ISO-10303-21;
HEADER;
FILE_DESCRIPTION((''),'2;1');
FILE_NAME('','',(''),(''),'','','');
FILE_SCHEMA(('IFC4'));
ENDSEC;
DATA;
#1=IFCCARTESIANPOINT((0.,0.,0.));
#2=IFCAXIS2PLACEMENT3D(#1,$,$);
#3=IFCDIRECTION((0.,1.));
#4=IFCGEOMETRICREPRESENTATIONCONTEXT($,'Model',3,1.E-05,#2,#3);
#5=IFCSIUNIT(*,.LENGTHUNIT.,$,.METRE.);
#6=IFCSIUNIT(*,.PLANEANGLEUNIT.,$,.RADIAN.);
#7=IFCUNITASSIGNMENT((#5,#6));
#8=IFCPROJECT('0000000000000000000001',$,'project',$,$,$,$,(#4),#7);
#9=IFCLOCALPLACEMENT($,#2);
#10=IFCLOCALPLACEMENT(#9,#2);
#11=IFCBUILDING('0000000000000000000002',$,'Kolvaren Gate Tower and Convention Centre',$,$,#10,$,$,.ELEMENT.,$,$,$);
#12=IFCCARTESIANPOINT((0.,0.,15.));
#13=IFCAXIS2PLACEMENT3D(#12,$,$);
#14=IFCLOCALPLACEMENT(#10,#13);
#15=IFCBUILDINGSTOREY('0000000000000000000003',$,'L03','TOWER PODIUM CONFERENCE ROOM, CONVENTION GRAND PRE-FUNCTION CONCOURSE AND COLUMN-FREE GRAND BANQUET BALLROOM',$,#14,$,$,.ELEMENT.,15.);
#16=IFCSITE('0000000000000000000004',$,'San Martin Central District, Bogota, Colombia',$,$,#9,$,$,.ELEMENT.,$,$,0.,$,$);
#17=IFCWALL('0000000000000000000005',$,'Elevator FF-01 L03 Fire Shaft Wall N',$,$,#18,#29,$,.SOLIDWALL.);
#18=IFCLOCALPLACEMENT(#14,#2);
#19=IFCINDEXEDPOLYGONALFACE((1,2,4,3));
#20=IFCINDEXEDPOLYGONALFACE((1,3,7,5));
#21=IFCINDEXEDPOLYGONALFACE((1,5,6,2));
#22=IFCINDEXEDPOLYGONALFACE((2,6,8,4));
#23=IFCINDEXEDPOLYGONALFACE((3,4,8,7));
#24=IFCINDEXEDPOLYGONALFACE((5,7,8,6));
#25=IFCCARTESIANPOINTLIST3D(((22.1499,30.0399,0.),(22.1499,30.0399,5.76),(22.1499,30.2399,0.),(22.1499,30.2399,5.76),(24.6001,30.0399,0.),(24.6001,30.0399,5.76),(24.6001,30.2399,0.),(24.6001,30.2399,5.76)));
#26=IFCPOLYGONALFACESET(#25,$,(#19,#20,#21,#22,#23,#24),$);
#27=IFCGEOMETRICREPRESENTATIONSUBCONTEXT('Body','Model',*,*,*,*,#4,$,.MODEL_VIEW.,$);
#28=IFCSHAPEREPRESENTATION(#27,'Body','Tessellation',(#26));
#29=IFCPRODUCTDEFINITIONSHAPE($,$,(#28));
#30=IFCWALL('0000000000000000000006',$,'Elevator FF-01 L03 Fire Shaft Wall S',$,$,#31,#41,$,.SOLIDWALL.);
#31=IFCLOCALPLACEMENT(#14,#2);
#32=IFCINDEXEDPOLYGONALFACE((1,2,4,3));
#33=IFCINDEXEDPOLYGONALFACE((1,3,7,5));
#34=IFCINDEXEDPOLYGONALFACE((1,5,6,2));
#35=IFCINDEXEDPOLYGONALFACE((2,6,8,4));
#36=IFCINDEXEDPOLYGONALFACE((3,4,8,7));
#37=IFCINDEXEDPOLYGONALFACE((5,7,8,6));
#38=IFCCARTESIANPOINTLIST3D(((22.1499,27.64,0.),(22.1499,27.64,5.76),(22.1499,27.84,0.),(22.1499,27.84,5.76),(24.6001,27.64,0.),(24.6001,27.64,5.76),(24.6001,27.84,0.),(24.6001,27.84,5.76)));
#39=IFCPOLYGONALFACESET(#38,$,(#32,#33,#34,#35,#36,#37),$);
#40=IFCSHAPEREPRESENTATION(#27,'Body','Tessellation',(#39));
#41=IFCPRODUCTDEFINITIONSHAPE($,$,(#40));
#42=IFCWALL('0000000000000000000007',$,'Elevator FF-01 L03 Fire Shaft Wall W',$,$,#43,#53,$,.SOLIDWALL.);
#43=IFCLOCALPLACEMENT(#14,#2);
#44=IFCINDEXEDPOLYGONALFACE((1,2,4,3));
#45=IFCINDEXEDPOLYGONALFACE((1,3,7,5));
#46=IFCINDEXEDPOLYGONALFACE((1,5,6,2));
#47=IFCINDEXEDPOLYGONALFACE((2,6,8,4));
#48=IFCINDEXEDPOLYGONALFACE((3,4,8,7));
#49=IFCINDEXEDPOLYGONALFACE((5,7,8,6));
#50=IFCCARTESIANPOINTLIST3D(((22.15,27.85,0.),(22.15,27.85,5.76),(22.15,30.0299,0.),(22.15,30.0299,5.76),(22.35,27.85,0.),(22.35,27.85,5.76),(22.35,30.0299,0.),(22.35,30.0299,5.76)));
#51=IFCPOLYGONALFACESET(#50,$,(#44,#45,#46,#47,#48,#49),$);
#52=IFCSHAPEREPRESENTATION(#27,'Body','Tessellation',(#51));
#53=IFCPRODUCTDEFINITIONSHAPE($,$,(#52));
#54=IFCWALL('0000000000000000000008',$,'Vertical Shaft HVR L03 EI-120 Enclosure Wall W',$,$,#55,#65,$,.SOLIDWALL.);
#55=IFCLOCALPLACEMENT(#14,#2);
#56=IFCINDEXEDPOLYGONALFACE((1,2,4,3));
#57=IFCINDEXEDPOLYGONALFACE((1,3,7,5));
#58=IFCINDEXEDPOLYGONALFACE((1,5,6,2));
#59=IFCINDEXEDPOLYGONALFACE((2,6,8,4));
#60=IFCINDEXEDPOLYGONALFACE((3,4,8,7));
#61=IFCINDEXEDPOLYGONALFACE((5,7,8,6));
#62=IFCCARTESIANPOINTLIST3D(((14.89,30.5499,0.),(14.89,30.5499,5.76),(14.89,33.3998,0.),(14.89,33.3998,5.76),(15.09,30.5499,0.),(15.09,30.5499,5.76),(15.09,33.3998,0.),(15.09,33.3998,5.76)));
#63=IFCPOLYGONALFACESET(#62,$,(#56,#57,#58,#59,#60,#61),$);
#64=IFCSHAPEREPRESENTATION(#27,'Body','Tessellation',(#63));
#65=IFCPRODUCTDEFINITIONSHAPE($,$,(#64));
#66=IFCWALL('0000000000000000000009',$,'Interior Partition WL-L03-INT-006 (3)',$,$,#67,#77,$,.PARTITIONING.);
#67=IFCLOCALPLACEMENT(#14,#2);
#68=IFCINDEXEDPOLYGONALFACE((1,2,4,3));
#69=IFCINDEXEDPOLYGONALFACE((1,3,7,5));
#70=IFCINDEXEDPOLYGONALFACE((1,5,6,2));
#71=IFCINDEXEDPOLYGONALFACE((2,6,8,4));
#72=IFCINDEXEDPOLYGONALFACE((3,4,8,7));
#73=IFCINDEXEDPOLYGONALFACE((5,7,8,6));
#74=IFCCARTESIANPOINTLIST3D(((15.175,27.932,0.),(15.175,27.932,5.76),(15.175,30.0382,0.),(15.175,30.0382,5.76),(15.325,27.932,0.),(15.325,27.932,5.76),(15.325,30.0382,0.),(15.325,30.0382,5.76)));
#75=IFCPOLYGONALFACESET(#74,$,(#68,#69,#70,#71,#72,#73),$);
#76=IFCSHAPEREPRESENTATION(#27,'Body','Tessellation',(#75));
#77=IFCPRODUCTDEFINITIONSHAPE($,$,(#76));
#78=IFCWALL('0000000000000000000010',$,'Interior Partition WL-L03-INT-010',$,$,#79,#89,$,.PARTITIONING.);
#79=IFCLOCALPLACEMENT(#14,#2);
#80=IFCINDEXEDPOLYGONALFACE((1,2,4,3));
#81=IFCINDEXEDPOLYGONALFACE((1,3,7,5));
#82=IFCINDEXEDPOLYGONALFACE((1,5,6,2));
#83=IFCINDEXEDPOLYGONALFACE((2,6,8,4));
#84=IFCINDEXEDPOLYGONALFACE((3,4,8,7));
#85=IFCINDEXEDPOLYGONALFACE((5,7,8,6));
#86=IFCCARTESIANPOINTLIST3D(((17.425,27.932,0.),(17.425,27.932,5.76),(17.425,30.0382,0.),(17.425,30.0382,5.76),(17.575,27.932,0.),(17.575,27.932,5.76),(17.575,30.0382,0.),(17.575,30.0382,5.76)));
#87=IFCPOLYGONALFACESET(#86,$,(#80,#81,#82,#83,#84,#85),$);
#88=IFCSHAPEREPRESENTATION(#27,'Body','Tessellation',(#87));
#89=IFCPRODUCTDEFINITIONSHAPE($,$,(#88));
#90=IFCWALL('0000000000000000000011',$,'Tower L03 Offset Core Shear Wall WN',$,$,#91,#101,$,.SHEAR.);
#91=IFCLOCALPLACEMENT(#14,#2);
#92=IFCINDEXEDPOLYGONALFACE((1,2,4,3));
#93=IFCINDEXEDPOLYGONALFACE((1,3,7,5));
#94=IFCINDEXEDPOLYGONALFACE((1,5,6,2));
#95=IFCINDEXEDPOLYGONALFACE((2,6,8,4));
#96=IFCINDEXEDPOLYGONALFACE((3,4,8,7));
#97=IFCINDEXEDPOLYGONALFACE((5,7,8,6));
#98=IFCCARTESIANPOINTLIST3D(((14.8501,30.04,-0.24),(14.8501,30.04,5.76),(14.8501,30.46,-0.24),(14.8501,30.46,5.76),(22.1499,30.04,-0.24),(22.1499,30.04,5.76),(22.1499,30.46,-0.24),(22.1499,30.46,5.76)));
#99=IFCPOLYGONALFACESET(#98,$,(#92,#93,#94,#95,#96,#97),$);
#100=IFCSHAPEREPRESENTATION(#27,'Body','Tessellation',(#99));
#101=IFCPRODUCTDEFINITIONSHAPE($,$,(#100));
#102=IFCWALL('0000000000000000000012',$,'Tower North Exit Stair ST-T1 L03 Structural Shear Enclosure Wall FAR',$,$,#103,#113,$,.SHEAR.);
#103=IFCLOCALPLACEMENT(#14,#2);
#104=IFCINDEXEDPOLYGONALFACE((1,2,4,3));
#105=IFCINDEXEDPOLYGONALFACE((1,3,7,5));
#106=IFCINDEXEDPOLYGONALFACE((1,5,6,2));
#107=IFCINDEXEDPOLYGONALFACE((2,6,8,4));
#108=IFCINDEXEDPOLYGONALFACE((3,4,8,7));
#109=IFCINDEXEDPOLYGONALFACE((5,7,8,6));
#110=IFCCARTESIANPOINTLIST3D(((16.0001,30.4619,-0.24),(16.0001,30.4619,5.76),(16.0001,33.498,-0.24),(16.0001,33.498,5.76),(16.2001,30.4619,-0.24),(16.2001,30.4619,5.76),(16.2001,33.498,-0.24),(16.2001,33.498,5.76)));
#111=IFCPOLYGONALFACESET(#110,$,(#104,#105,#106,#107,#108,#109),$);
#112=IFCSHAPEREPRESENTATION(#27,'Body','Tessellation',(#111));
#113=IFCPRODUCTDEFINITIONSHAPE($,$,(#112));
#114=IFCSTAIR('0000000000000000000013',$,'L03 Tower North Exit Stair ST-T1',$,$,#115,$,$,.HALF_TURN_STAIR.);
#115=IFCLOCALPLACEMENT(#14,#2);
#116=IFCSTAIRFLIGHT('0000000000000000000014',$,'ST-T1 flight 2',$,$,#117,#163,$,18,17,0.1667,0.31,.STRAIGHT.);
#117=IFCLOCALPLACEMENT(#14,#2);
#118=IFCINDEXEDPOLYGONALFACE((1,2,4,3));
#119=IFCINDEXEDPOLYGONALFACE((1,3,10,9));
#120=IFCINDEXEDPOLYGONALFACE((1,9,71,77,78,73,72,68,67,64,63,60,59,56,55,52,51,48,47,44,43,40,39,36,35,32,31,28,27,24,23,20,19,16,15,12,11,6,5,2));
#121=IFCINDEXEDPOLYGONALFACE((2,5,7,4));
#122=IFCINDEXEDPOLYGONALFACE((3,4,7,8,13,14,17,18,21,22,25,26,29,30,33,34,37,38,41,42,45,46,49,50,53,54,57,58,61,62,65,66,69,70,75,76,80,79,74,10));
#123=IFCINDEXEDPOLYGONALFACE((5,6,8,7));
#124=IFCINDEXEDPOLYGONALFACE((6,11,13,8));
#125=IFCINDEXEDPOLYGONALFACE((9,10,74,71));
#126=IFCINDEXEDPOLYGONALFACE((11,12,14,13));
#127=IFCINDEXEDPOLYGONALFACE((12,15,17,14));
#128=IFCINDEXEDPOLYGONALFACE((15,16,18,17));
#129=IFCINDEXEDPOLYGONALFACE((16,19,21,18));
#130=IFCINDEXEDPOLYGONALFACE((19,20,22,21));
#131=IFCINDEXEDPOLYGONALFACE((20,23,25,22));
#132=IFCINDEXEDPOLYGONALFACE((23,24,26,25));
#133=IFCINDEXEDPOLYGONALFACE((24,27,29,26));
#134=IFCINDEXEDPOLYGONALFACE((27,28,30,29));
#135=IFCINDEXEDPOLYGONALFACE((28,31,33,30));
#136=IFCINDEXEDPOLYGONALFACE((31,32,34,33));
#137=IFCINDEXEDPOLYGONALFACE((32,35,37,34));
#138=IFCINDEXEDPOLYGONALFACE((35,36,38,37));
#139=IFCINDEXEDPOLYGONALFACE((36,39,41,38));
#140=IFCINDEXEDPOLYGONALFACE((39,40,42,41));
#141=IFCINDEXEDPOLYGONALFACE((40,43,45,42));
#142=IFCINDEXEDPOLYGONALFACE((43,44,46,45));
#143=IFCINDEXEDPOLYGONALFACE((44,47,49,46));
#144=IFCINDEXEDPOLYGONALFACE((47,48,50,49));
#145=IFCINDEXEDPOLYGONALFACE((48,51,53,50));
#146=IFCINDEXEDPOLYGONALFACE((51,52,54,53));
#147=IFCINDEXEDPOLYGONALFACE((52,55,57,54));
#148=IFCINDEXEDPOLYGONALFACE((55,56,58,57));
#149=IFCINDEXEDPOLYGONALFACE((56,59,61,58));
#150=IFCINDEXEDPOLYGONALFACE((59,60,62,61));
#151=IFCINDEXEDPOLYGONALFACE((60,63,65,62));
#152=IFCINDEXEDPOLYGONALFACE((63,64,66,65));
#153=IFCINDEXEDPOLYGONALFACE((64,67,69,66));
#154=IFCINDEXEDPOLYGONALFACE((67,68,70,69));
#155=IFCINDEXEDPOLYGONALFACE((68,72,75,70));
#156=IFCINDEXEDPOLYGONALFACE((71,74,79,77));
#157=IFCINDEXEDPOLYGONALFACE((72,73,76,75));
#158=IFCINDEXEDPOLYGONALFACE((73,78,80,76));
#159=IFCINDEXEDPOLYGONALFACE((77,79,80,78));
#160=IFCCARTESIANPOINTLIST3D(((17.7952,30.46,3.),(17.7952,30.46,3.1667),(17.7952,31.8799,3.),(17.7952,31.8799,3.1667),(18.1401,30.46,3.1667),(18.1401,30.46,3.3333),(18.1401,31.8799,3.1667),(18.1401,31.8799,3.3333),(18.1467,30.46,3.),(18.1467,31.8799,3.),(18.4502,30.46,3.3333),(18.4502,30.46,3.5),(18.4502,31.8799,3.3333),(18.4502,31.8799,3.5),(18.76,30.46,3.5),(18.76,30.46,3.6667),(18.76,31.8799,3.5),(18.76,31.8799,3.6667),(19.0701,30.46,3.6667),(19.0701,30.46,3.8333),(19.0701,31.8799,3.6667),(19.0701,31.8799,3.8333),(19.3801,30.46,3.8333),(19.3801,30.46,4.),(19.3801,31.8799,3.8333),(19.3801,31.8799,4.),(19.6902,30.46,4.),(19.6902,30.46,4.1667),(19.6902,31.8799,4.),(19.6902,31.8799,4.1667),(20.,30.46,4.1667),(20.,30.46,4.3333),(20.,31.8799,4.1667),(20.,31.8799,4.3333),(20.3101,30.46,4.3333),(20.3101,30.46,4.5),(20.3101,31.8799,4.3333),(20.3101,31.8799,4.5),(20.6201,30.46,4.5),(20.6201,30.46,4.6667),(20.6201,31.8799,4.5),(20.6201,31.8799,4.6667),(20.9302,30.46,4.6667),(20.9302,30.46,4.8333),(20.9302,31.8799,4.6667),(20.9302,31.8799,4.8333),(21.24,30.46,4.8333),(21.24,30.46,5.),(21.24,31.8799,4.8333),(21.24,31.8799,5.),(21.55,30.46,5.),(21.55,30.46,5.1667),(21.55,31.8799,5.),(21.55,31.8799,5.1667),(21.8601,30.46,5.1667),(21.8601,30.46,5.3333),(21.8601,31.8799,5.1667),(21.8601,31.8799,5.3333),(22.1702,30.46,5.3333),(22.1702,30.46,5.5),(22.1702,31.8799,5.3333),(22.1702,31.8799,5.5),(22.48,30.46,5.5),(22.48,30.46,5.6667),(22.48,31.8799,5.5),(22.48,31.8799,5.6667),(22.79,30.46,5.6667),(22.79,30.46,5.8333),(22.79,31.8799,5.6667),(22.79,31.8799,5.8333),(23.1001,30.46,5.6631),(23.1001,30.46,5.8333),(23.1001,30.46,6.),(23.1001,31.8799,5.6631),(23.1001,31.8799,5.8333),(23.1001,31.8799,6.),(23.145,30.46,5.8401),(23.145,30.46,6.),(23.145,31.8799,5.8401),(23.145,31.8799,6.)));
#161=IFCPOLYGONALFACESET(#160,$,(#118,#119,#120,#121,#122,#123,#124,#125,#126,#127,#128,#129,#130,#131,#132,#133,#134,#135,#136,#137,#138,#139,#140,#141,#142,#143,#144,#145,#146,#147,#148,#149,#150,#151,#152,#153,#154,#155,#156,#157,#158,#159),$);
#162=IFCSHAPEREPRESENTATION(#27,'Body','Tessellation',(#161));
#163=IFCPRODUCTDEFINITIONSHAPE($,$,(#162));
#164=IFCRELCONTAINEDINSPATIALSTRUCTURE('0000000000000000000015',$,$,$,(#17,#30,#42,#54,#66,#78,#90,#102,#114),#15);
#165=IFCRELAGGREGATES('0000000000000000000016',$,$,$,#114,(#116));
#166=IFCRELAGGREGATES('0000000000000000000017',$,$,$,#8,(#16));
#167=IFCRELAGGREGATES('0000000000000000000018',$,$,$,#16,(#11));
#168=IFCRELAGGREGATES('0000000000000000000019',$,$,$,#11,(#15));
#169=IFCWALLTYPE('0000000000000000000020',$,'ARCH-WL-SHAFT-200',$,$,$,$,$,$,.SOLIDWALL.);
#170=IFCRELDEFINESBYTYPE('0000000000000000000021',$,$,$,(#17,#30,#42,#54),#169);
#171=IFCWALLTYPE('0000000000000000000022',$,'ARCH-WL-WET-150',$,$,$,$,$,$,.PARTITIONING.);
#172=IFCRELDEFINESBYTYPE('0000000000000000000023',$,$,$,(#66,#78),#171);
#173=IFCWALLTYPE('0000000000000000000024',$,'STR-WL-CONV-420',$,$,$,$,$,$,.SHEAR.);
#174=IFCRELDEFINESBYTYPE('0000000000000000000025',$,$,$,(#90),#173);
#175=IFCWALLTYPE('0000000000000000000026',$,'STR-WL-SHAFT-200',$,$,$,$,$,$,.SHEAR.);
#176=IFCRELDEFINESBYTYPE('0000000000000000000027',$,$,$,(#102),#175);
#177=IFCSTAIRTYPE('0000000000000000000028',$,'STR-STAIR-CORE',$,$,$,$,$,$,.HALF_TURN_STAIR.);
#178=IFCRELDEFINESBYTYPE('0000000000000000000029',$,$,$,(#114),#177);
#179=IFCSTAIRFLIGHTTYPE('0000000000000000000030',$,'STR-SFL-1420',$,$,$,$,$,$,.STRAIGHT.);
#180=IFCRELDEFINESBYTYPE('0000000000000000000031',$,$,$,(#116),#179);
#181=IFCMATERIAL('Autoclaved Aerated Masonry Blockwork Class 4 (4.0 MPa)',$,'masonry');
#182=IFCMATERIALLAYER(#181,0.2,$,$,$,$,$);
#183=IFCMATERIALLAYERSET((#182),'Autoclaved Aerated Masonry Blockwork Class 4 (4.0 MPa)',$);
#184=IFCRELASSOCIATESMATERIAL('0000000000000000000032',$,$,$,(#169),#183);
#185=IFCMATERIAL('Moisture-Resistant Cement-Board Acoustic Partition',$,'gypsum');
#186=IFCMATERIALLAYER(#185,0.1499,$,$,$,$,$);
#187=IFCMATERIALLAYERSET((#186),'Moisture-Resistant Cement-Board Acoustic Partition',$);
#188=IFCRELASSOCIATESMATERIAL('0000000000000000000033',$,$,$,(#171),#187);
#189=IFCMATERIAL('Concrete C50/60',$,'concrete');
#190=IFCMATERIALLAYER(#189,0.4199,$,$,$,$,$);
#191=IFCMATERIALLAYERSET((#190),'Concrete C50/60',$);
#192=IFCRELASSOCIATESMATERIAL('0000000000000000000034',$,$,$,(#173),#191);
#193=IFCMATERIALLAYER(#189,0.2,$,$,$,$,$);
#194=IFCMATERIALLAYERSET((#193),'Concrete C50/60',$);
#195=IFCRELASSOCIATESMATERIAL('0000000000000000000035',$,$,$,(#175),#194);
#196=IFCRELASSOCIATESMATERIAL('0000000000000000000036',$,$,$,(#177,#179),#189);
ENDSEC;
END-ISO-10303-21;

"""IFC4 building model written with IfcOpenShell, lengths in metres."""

from ifc_helpers import new_model, si_unit, direction, frame, frame_2d, origin, place, context, subcontext, project, spatial, polyline, rectangle, outline, extrude, material, layer, layer_set, type_object, element, aggregate, save


model = new_model("IFC4")

# Units and contexts
model_context = context("Model", 3, precision=1e-05, world=origin(), true_north=direction((0.0, 1.0)))
body_context = subcontext(model_context, "Body", "Model", "MODEL_VIEW")
ifc_project = project(units=[si_unit("LENGTHUNIT", "METRE"), si_unit("PLANEANGLEUNIT", "RADIAN")], contexts=[model_context])

# Site, building, storey
site_placement = place(None, origin())
site = spatial("IfcSite", under=ifc_project, at=site_placement, Name="San Martin Central District, Bogota, Colombia", CompositionType="ELEMENT", RefElevation=0.0)
building_placement = place(site_placement, origin())
building = spatial("IfcBuilding", under=site, at=building_placement, Name="Kolvaren Gate Tower and Convention Centre", CompositionType="ELEMENT")
storey_placement = place(building_placement, frame((0.0, 0.0, 15.0)))
storey = spatial("IfcBuildingStorey", under=building, at=storey_placement, Name="L03", Description="TOWER PODIUM CONFERENCE ROOM, CONVENTION GRAND PRE-FUNCTION CONCOURSE AND COLUMN-FREE GRAND BANQUET BALLROOM", CompositionType="ELEMENT", Elevation=15.0)

# Shared definitions
ifc_material_1 = material(Name="Autoclaved Aerated Masonry Blockwork Class 4 (4.0 MPa)", Category="masonry")

# Walls
ifc_layer_1 = layer(ifc_material_1, 0.2)
ifc_layer_set_1 = layer_set([ifc_layer_1], Name="Autoclaved Aerated Masonry Blockwork Class 4 (4.0 MPa)")
wall_type_1 = type_object("IfcWallType", Name="ARCH-WL-SHAFT-200", PredefinedType="SOLIDWALL", material=ifc_layer_set_1)
for number, where, z_axis, x_axis, name in (
    (1, (22.1499, 30.1399, 0.0), (0.0, 0.0, 1.0), (1.0, 0.0, 0.0), "Elevator FF-01 L03 Fire Shaft Wall N"),
    (2, (22.1499, 27.74, 0.0), (0.0, 0.0, 1.0), (1.0, 0.0, 0.0), "Elevator FF-01 L03 Fire Shaft Wall S"),
):
    element("IfcWall", number, at=place(storey_placement, frame(where, z_axis=z_axis, x_axis=x_axis)), inside=storey, type_object=wall_type_1, Name=name, PredefinedType="SOLIDWALL", context=body_context, shape_type="SweptSolid", body=[
        extrude(rectangle(XDim=2.4502, YDim=0.2, at=frame_2d((1.2251, 0.0))), origin(), (0.0, 0.0, 1.0), 5.76),
    ])
wall_1_placement = place(storey_placement, frame((22.25, 27.8501, 0.0), z_axis=(0.0, 0.0, 1.0), x_axis=(0.0, 1.0, 0.0)))
element("IfcWall", 3, at=wall_1_placement, inside=storey, type_object=wall_type_1, Name="Elevator FF-01 L03 Fire Shaft Wall W", PredefinedType="SOLIDWALL", context=body_context, shape_type="SweptSolid", body=[
    extrude(rectangle(XDim=2.1799, YDim=0.2, at=frame_2d((1.0898, 0.0))), origin(), (0.0, 0.0, 1.0), 5.76),
])
wall_2_placement = place(storey_placement, frame((14.99, 30.55, 0.0), z_axis=(0.0, 0.0, 1.0), x_axis=(0.0, 1.0, 0.0)))
element("IfcWall", 4, at=wall_2_placement, inside=storey, type_object=wall_type_1, Name="Vertical Shaft HVR L03 EI-120 Enclosure Wall W", PredefinedType="SOLIDWALL", context=body_context, shape_type="SweptSolid", body=[
    extrude(rectangle(XDim=2.8499, YDim=0.2, at=frame_2d((1.4248, 0.0))), origin(), (0.0, 0.0, 1.0), 5.76),
])
ifc_material_2 = material(Name="Moisture-Resistant Cement-Board Acoustic Partition", Category="gypsum")
ifc_layer_2 = layer(ifc_material_2, 0.1499)
ifc_layer_set_2 = layer_set([ifc_layer_2], Name="Moisture-Resistant Cement-Board Acoustic Partition")
wall_type_2 = type_object("IfcWallType", Name="ARCH-WL-WET-150", PredefinedType="PARTITIONING", material=ifc_layer_set_2)
for number, where, z_axis, x_axis, name in (
    (5, (15.25, 27.9319, 0.0), (0.0, 0.0, 1.0), (0.0, 1.0, 0.0), "Interior Partition WL-L03-INT-006 (3)"),
    (6, (17.5, 27.9319, 0.0), (0.0, 0.0, 1.0), (0.0, 1.0, 0.0), "Interior Partition WL-L03-INT-010"),
):
    element("IfcWall", number, at=place(storey_placement, frame(where, z_axis=z_axis, x_axis=x_axis)), inside=storey, type_object=wall_type_2, Name=name, PredefinedType="PARTITIONING", context=body_context, shape_type="SweptSolid", body=[
        extrude(rectangle(XDim=2.1062, YDim=0.1499, at=frame_2d((1.0532, 0.0))), origin(), (0.0, 0.0, 1.0), 5.76),
    ])
ifc_material_3 = material(Name="Concrete C50/60", Category="concrete")
ifc_layer_3 = layer(ifc_material_3, 0.4199)
ifc_layer_set_3 = layer_set([ifc_layer_3], Name="Concrete C50/60")
wall_type_3 = type_object("IfcWallType", Name="STR-WL-CONV-420", PredefinedType="SHEAR", material=ifc_layer_set_3)
wall_3_placement = place(storey_placement, frame((14.8501, 30.25, -0.24), z_axis=(0.0, 0.0, 1.0), x_axis=(1.0, 0.0, 0.0)))
element("IfcWall", 7, at=wall_3_placement, inside=storey, type_object=wall_type_3, Name="Tower L03 Offset Core Shear Wall WN", PredefinedType="SHEAR", context=body_context, shape_type="SweptSolid", body=[
    extrude(rectangle(XDim=7.2998, YDim=0.4199, at=frame_2d((3.6499, 0.0))), origin(), (0.0, 0.0, 1.0), 6.0),
])
ifc_layer_4 = layer(ifc_material_3, 0.2)
ifc_layer_set_4 = layer_set([ifc_layer_4], Name="Concrete C50/60")
wall_type_4 = type_object("IfcWallType", Name="STR-WL-SHAFT-200", PredefinedType="SHEAR", material=ifc_layer_set_4)
wall_4_placement = place(storey_placement, frame((16.1001, 30.4619, -0.24), z_axis=(0.0, 0.0, 1.0), x_axis=(0.0, 1.0, 0.0)))
element("IfcWall", 8, at=wall_4_placement, inside=storey, type_object=wall_type_4, Name="Tower North Exit Stair ST-T1 L03 Structural Shear Enclosure Wall FAR", PredefinedType="SHEAR", context=body_context, shape_type="SweptSolid", body=[
    extrude(rectangle(XDim=3.0361, YDim=0.2, at=frame_2d((1.5181, 0.0))), origin(), (0.0, 0.0, 1.0), 6.0),
])

# Stair, stair flight
stair_type = type_object("IfcStairType", Name="STR-STAIR-CORE", PredefinedType="HALF_TURN_STAIR", material=ifc_material_3)
stair_placement = place(storey_placement, origin())
stair = element("IfcStair", 9, at=stair_placement, inside=storey, type_object=stair_type, Name="L03 Tower North Exit Stair ST-T1", PredefinedType="HALF_TURN_STAIR")
stair_flight_type = type_object("IfcStairFlightType", Name="STR-SFL-1420", PredefinedType="STRAIGHT", material=ifc_material_3)
stair_flight_placement = place(storey_placement, frame((17.8301, 31.1699, 3.0), z_axis=(0.0, 0.0, 1.0), x_axis=(1.0, 0.0, 0.0)))
stair_flight = element("IfcStairFlight", 10, at=stair_flight_placement, type_object=stair_flight_type, Name="ST-T1 flight 2", NumberOfRisers=18, NumberOfTreads=17, PredefinedType="STRAIGHT", RiserHeight=0.1667, TreadLength=0.31, context=body_context, shape_type="SweptSolid", body=[
    extrude(outline(polyline([(-0.0349, 0.0), (-0.0349, 0.1667), (0.3101, 0.1667), (0.3101, 0.3333), (0.6201, 0.3333), (0.6201, 0.5), (0.9299, 0.5), (0.9299, 0.6667), (1.24, 0.6667), (1.24, 0.8333), (1.55, 0.8333), (1.55, 1.0), (1.8601, 1.0), (1.8601, 1.1667), (2.1699, 1.1667), (2.1699, 1.3333), (2.48, 1.3333), (2.48, 1.5), (2.79, 1.5), (2.79, 1.6667), (3.1001, 1.6667), (3.1001, 1.8333), (3.4099, 1.8333), (3.4099, 2.0), (3.72, 2.0), (3.72, 2.1667), (4.03, 2.1667), (4.03, 2.3333), (4.3401, 2.3333), (4.3401, 2.5), (4.6499, 2.5), (4.6499, 2.6667), (4.96, 2.6667), (4.96, 2.8333), (5.27, 2.8333), (5.27, 3.0), (5.3149, 3.0), (5.3149, 2.8401), (5.27, 2.6631), (0.3167, 0.0), (-0.0349, 0.0)])), frame((0.0, 0.71, 0.0), z_axis=(0.0, -1.0, 0.0), x_axis=(1.0, 0.0, 0.0)), (0.0, 0.0, 1.0), 1.4199),
])
aggregate(stair, [stair_flight])

save(model, "model.ifc")
